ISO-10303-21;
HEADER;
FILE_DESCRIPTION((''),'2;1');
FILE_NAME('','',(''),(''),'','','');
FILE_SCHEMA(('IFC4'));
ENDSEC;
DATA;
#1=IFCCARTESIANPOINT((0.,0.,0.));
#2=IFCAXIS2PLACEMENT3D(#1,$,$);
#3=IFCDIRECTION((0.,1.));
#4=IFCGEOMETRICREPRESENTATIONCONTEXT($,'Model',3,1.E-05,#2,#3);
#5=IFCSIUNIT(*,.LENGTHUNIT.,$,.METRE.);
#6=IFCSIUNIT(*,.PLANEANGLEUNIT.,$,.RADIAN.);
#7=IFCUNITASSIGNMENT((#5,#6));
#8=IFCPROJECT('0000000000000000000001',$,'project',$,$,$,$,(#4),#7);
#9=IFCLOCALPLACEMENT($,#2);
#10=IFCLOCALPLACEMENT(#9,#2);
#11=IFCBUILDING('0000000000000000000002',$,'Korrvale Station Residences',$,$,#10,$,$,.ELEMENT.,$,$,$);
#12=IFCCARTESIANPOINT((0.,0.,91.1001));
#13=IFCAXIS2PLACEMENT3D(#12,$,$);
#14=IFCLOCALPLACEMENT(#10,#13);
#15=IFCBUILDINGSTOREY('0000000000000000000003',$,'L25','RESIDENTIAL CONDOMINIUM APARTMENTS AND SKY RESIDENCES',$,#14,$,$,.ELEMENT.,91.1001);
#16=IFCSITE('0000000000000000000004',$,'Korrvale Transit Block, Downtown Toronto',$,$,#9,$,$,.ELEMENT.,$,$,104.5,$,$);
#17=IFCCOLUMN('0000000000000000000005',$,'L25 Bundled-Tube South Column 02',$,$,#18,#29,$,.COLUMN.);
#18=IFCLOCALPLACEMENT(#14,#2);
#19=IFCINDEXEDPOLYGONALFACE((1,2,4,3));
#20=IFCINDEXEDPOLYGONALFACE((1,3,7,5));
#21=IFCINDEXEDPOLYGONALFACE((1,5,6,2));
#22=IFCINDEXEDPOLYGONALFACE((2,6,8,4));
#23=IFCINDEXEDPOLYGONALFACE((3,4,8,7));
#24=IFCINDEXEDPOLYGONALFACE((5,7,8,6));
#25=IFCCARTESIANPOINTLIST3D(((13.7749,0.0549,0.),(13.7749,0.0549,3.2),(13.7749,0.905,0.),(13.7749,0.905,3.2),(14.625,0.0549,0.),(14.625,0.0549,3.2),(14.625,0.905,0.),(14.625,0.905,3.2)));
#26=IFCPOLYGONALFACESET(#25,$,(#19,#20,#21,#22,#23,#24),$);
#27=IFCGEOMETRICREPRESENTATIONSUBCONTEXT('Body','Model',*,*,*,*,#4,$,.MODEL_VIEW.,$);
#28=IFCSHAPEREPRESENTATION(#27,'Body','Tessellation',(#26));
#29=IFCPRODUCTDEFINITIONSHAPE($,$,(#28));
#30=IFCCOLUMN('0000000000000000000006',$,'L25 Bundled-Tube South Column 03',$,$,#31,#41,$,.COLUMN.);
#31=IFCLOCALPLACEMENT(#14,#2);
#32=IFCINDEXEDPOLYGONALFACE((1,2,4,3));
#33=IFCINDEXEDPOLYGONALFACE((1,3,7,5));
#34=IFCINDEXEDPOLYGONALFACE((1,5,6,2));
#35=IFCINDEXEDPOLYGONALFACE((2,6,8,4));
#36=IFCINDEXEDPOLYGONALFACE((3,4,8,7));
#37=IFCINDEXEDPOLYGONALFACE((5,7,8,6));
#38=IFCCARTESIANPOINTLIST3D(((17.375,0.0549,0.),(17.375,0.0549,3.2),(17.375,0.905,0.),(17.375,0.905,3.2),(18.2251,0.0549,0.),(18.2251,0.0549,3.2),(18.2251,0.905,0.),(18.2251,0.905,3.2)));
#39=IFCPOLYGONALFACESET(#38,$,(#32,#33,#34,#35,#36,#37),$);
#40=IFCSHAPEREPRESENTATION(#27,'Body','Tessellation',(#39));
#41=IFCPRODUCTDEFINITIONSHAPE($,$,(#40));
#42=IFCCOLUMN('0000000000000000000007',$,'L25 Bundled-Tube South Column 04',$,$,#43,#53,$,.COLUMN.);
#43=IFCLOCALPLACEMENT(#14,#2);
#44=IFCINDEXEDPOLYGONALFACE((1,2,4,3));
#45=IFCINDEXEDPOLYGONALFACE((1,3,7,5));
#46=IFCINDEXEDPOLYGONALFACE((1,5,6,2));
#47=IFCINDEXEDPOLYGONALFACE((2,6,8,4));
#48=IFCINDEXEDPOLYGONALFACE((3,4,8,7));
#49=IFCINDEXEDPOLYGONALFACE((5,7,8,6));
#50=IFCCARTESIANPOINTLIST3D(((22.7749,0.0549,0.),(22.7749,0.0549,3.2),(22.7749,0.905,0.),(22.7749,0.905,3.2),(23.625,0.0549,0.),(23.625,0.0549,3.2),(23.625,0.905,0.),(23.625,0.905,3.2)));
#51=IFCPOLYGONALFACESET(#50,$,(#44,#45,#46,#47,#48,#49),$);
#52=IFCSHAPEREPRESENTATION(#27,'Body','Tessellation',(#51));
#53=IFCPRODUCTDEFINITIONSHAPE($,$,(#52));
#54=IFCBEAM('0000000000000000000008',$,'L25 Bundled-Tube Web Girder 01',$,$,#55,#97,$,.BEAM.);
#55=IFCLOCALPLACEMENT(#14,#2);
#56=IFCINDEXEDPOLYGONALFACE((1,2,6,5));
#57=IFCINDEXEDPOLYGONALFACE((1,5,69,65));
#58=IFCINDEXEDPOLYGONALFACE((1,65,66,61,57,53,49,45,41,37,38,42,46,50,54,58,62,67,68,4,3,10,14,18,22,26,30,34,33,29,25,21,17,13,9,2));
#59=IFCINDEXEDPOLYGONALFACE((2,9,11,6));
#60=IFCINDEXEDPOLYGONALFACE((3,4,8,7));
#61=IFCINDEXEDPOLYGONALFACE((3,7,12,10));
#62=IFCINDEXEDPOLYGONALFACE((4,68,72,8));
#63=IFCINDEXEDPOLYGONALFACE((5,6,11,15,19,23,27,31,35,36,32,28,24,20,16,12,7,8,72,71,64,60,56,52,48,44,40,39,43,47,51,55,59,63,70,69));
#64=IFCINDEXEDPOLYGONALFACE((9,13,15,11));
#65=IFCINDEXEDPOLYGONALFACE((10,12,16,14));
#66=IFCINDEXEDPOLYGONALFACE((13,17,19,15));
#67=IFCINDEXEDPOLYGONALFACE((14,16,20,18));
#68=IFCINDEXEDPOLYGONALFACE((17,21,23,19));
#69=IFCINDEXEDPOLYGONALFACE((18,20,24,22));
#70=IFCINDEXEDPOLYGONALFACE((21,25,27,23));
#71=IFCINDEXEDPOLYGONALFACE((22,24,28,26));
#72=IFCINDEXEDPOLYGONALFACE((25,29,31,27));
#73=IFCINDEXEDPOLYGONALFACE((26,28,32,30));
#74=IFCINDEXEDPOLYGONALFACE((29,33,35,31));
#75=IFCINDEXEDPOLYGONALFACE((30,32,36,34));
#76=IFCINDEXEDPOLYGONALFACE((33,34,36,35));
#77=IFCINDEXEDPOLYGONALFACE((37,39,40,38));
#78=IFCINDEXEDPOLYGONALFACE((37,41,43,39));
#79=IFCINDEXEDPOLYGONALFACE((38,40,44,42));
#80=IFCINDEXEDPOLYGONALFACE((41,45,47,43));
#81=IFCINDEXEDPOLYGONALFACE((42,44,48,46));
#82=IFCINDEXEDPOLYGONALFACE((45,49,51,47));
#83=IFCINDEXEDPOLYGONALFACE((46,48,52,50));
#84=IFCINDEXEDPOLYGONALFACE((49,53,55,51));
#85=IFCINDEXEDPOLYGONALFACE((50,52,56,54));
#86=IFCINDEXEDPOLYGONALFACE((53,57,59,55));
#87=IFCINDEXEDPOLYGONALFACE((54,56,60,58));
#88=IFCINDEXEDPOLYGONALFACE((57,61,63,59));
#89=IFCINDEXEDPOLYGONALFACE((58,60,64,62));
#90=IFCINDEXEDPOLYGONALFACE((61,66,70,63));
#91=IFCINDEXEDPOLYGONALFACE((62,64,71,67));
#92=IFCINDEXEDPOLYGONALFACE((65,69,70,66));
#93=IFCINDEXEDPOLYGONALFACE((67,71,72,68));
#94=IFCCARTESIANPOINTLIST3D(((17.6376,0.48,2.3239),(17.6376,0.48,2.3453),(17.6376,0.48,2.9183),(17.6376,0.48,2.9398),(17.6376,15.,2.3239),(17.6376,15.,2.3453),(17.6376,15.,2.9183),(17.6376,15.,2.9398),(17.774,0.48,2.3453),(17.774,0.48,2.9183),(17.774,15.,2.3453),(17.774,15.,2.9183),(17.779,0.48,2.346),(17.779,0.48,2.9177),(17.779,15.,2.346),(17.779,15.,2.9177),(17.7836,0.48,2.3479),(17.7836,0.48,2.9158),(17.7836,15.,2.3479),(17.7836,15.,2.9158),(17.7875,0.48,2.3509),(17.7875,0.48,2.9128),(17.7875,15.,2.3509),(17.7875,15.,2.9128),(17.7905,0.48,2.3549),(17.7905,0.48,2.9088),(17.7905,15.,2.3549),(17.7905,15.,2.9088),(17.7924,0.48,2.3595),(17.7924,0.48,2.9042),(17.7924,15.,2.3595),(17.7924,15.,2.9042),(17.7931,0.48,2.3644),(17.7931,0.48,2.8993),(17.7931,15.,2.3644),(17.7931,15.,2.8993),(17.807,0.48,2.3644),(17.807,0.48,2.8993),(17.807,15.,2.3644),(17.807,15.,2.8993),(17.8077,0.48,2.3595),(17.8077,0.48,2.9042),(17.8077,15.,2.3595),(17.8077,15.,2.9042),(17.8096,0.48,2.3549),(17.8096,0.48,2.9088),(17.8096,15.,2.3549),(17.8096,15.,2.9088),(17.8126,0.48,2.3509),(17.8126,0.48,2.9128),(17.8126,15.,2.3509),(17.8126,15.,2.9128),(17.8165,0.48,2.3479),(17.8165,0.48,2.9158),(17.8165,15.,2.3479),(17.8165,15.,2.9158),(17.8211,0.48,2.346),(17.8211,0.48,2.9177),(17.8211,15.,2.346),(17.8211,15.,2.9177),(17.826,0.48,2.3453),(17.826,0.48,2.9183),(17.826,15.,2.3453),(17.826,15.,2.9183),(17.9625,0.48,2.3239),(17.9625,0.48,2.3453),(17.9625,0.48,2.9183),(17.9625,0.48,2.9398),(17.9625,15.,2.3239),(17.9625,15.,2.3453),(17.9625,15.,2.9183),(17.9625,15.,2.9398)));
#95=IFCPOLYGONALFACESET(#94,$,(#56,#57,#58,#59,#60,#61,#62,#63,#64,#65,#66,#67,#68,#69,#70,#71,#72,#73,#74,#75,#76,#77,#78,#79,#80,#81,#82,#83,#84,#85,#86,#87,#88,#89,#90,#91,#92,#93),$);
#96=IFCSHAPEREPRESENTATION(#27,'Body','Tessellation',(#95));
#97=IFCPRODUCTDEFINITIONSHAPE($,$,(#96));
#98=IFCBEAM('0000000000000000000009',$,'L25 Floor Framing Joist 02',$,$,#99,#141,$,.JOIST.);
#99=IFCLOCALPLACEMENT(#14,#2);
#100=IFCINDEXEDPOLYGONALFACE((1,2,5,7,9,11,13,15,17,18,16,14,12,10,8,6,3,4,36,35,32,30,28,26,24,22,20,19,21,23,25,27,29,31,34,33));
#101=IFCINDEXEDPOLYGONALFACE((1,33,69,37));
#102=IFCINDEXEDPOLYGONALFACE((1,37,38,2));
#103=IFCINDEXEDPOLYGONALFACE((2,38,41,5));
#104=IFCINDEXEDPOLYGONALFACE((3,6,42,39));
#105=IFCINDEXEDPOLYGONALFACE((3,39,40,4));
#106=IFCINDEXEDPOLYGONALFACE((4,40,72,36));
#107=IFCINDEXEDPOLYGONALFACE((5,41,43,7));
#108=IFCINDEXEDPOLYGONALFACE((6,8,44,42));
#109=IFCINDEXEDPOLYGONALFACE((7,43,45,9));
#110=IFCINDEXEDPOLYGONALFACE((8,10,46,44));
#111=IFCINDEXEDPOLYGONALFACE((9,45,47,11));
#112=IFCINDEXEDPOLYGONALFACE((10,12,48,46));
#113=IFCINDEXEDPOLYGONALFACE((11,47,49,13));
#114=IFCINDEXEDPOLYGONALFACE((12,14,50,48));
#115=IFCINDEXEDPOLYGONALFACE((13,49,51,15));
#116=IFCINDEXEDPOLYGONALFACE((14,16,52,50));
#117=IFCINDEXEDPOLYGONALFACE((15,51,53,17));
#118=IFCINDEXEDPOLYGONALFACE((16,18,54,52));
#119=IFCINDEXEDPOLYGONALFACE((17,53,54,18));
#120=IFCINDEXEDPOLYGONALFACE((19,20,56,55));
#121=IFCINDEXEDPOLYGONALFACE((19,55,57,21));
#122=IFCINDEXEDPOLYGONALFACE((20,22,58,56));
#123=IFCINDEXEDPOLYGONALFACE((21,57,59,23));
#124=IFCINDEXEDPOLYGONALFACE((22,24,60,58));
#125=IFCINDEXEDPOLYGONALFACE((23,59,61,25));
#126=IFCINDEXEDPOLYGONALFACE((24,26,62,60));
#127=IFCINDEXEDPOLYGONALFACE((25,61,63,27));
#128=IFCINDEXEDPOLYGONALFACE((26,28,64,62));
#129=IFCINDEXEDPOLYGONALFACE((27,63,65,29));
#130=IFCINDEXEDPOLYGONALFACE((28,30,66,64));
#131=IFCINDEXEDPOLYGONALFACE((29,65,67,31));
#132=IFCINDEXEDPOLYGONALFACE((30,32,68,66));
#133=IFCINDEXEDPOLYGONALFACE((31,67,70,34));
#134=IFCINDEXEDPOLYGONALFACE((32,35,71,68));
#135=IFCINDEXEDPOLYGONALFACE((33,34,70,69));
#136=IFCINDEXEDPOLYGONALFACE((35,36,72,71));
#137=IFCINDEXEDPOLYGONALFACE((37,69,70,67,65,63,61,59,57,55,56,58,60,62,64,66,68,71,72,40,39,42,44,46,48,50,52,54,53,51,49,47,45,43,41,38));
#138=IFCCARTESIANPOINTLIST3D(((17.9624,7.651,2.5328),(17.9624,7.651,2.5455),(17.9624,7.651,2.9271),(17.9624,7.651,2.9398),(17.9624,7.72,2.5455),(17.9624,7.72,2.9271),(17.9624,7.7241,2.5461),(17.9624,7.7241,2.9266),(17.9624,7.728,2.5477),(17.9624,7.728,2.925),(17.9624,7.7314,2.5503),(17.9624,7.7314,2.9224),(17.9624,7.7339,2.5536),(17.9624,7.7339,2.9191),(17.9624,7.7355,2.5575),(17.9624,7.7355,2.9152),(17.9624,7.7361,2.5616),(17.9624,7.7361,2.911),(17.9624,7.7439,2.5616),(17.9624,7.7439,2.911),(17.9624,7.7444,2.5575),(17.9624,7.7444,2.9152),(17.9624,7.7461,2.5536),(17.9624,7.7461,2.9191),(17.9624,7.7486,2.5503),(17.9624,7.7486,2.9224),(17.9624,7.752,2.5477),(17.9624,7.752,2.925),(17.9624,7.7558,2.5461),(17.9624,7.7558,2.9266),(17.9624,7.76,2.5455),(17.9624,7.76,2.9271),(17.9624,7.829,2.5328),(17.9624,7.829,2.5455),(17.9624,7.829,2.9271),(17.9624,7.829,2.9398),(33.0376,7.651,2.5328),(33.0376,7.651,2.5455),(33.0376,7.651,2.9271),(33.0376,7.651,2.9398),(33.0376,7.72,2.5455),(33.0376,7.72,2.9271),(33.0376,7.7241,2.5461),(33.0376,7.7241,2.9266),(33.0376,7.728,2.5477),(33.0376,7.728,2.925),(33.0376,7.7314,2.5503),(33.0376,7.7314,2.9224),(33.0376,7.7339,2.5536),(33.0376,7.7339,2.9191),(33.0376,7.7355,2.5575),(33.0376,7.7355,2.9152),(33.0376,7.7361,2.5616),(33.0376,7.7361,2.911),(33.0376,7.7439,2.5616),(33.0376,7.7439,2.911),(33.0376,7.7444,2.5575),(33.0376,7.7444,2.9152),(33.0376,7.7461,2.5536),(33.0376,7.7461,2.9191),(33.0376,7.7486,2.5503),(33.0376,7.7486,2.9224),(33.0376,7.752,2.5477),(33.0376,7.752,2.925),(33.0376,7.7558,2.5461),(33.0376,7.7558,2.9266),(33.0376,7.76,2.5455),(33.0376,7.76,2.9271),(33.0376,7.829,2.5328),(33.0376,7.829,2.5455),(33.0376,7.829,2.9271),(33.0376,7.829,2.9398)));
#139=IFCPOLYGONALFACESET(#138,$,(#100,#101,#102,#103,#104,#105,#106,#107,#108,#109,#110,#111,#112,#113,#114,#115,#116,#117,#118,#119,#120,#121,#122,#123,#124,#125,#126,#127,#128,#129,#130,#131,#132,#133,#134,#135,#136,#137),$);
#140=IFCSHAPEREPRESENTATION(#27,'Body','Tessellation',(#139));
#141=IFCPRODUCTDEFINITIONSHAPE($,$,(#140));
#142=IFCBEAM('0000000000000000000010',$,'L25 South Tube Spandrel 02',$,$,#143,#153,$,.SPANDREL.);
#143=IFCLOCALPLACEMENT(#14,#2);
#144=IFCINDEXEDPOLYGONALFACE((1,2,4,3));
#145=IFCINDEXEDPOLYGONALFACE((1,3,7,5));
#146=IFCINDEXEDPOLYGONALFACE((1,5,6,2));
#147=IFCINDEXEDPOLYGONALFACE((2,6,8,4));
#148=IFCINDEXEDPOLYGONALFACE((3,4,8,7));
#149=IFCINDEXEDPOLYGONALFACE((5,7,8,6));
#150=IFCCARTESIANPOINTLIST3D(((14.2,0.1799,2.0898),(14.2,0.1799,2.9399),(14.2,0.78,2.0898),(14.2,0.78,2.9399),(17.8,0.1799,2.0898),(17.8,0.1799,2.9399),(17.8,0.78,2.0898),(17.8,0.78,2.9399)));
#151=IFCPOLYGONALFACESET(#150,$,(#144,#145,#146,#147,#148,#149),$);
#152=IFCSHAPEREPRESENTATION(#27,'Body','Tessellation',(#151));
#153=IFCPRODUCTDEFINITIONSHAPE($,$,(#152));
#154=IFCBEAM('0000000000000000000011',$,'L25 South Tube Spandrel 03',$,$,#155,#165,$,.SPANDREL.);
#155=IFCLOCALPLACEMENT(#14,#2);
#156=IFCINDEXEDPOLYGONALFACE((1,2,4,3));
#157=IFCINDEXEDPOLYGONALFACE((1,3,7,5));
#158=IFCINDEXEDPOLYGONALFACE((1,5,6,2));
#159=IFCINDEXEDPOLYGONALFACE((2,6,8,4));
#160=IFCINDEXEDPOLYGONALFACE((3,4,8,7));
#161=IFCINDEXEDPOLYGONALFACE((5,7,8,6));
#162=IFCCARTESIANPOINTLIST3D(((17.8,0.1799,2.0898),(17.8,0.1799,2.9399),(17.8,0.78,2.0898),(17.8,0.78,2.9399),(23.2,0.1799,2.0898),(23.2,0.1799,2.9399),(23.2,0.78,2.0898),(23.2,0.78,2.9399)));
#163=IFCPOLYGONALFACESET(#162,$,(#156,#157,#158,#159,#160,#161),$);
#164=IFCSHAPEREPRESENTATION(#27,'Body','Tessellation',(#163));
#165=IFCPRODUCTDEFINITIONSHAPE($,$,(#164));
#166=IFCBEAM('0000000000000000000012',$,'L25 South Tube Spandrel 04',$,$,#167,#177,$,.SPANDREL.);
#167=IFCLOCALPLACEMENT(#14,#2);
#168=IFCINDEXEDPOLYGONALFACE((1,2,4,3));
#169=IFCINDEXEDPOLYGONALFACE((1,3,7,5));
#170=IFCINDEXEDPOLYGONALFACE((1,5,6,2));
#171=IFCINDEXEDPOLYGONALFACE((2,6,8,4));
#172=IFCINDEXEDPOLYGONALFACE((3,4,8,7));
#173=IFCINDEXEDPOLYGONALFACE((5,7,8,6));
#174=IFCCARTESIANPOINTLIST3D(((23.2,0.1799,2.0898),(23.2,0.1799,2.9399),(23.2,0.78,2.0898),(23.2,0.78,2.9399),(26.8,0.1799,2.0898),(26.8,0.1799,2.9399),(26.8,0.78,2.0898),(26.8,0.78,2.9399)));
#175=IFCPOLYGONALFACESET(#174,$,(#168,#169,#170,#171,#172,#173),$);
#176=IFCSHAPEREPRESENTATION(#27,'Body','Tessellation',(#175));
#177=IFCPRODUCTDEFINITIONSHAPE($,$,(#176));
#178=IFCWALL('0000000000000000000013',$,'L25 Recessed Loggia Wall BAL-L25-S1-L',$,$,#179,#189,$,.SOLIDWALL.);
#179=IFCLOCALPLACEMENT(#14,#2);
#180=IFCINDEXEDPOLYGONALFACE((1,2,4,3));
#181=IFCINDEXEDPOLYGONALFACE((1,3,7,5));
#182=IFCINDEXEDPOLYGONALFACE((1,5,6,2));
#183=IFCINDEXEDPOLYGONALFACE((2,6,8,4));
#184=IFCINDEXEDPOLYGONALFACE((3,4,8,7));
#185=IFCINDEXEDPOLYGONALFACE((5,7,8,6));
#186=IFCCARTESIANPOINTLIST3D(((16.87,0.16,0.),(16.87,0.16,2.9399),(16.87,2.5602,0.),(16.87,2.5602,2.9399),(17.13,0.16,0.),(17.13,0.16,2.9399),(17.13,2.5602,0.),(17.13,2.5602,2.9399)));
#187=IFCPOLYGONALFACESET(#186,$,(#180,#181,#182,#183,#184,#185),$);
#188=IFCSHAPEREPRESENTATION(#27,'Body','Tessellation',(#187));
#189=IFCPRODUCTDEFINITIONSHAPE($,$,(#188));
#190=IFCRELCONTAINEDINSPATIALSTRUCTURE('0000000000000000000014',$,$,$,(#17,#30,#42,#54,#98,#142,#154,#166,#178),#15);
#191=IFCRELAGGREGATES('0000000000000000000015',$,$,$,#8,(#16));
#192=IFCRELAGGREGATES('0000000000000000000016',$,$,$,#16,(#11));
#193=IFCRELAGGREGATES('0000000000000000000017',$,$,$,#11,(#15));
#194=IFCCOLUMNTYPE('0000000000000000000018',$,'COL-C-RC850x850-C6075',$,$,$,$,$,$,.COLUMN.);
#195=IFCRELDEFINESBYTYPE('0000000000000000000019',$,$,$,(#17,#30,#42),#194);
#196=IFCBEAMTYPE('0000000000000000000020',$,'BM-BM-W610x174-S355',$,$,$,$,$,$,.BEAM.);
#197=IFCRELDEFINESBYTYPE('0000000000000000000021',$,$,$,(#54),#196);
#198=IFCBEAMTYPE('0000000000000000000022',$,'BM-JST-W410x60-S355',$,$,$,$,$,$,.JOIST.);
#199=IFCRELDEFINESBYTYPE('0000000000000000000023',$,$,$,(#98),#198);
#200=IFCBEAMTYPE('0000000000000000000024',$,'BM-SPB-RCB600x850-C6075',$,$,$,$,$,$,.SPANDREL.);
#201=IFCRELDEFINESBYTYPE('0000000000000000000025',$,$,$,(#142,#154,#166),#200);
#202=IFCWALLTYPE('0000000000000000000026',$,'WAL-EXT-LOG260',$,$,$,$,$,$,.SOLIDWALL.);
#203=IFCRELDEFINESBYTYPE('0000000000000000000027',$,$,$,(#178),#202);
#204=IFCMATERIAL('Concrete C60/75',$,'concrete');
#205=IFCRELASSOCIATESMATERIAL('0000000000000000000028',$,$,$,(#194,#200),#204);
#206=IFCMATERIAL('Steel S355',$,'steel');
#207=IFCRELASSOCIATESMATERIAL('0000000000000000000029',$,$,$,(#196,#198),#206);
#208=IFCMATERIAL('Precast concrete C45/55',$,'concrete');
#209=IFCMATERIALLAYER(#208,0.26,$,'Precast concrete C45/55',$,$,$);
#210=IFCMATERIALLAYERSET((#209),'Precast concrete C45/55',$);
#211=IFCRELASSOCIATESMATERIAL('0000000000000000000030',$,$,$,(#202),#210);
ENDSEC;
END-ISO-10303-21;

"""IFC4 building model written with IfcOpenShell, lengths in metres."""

from ifc_helpers import new_model, si_unit, direction, frame, frame_2d, origin, origin_2d, place, context, subcontext, project, spatial, rectangle, i_section, extrude, material, layer, layer_set, material_profile, profile_set, type_object, element, save


model = new_model("IFC4")

# Units and contexts
model_context = context("Model", 3, precision=1e-05, world=origin(), true_north=direction((0.0, 1.0)))
body_context = subcontext(model_context, "Body", "Model", "MODEL_VIEW")
ifc_project = project(units=[si_unit("LENGTHUNIT", "METRE"), si_unit("PLANEANGLEUNIT", "RADIAN")], contexts=[model_context])

# Site, building, storey
site_placement = place(None, origin())
site = spatial("IfcSite", under=ifc_project, at=site_placement, Name="Korrvale Transit Block, Downtown Toronto", CompositionType="ELEMENT", RefElevation=104.5)
building_placement = place(site_placement, origin())
building = spatial("IfcBuilding", under=site, at=building_placement, Name="Korrvale Station Residences", CompositionType="ELEMENT")
storey_placement = place(building_placement, frame((0.0, 0.0, 91.1001)))
storey = spatial("IfcBuildingStorey", under=building, at=storey_placement, Name="L25", Description="RESIDENTIAL CONDOMINIUM APARTMENTS AND SKY RESIDENCES", CompositionType="ELEMENT", Elevation=91.1001)

# Columns
ifc_material_1 = material(Name="Concrete C60/75", Category="concrete")
ifc_material_profile_1 = material_profile(ifc_material_1, rectangle(XDim=0.8501, YDim=0.8501, at=origin_2d()), Name="RC850x850")
ifc_profile_set_1 = profile_set([ifc_material_profile_1], Name="Concrete C60/75")
column_type = type_object("IfcColumnType", Name="COL-C-RC850x850-C6075", PredefinedType="COLUMN", material=ifc_profile_set_1)
for number, where, z_axis, x_axis, name in (
    (1, (14.2, 0.48, 0.0), (0.0, 0.0, 1.0), (1.0, 0.0, 0.0), "L25 Bundled-Tube South Column 02"),
    (2, (17.8, 0.48, 0.0), (0.0, 0.0, 1.0), (1.0, 0.0, 0.0), "L25 Bundled-Tube South Column 03"),
    (3, (23.2, 0.48, 0.0), (0.0, 0.0, 1.0), (1.0, 0.0, 0.0), "L25 Bundled-Tube South Column 04"),
):
    element("IfcColumn", number, at=place(storey_placement, frame(where, z_axis=z_axis, x_axis=x_axis)), inside=storey, type_object=column_type, Name=name, PredefinedType="COLUMN", context=body_context, shape_type="SweptSolid", body=[
        extrude(rectangle(XDim=0.8501, YDim=0.8501, at=origin_2d()), origin(), (0.0, 0.0, 1.0), 3.2),
    ])

# Beams
ifc_material_2 = material(Name="Steel S355", Category="steel")
ifc_material_profile_2 = material_profile(ifc_material_2, i_section(OverallWidth=0.325, OverallDepth=0.616, WebThickness=0.0139, FlangeThickness=0.0215, FilletRadius=0.019, at=origin_2d()), Name="W610x174")
ifc_profile_set_2 = profile_set([ifc_material_profile_2], Name="Steel S355")
beam_type_1 = type_object("IfcBeamType", Name="BM-BM-W610x174-S355", PredefinedType="BEAM", material=ifc_profile_set_2)
beam_1_placement = place(storey_placement, frame((17.8, 0.48, 2.6318), z_axis=(0.0, 1.0, 0.0), x_axis=(-1.0, 0.0, 0.0)))
element("IfcBeam", 4, at=beam_1_placement, inside=storey, type_object=beam_type_1, Name="L25 Bundled-Tube Web Girder 01", PredefinedType="BEAM", context=body_context, shape_type="SweptSolid", body=[
    extrude(i_section(OverallWidth=0.325, OverallDepth=0.616, WebThickness=0.0139, FlangeThickness=0.0215, FilletRadius=0.019, at=origin_2d()), origin(), (0.0, 0.0, 1.0), 14.52),
])
ifc_material_profile_3 = material_profile(ifc_material_2, i_section(OverallWidth=0.178, OverallDepth=0.407, WebThickness=0.0078, FlangeThickness=0.0127, FilletRadius=0.0161, at=origin_2d()), Name="W410x60")
ifc_profile_set_3 = profile_set([ifc_material_profile_3], Name="Steel S355")
beam_type_2 = type_object("IfcBeamType", Name="BM-JST-W410x60-S355", PredefinedType="JOIST", material=ifc_profile_set_3)
beam_2_placement = place(storey_placement, frame((17.9624, 7.74, 2.7363), z_axis=(1.0, 0.0, 0.0), x_axis=(0.0, 1.0, 0.0)))
element("IfcBeam", 5, at=beam_2_placement, inside=storey, type_object=beam_type_2, Name="L25 Floor Framing Joist 02", PredefinedType="JOIST", context=body_context, shape_type="SweptSolid", body=[
    extrude(i_section(OverallWidth=0.178, OverallDepth=0.407, WebThickness=0.0078, FlangeThickness=0.0127, FilletRadius=0.0161, at=origin_2d()), origin(), (0.0, 0.0, 1.0), 15.0752),
])
ifc_material_profile_4 = material_profile(ifc_material_1, rectangle(XDim=0.6001, YDim=0.8501, at=origin_2d()), Name="RCB600x850")
ifc_profile_set_4 = profile_set([ifc_material_profile_4], Name="Concrete C60/75")
beam_type_3 = type_object("IfcBeamType", Name="BM-SPB-RCB600x850-C6075", PredefinedType="SPANDREL", material=ifc_profile_set_4)
beam_3_placement = place(storey_placement, frame((14.2, 0.48, 2.5149), z_axis=(1.0, 0.0, 0.0), x_axis=(0.0, 1.0, 0.0)))
element("IfcBeam", 6, at=beam_3_placement, inside=storey, type_object=beam_type_3, Name="L25 South Tube Spandrel 02", PredefinedType="SPANDREL", context=body_context, shape_type="SweptSolid", body=[
    extrude(rectangle(XDim=0.6001, YDim=0.8501, at=origin_2d()), origin(), (0.0, 0.0, 1.0), 3.6001),
])
beam_4_placement = place(storey_placement, frame((17.8, 0.48, 2.5149), z_axis=(1.0, 0.0, 0.0), x_axis=(0.0, 1.0, 0.0)))
element("IfcBeam", 7, at=beam_4_placement, inside=storey, type_object=beam_type_3, Name="L25 South Tube Spandrel 03", PredefinedType="SPANDREL", context=body_context, shape_type="SweptSolid", body=[
    extrude(rectangle(XDim=0.6001, YDim=0.8501, at=origin_2d()), origin(), (0.0, 0.0, 1.0), 5.3999),
])
beam_5_placement = place(storey_placement, frame((23.2, 0.48, 2.5149), z_axis=(1.0, 0.0, 0.0), x_axis=(0.0, 1.0, 0.0)))
element("IfcBeam", 8, at=beam_5_placement, inside=storey, type_object=beam_type_3, Name="L25 South Tube Spandrel 04", PredefinedType="SPANDREL", context=body_context, shape_type="SweptSolid", body=[
    extrude(rectangle(XDim=0.6001, YDim=0.8501, at=origin_2d()), origin(), (0.0, 0.0, 1.0), 3.6001),
])

# Wall
ifc_material_3 = material(Name="Precast concrete C45/55", Category="concrete")
ifc_layer_1 = layer(ifc_material_3, 0.26, Name="Precast concrete C45/55")
ifc_layer_set_1 = layer_set([ifc_layer_1], Name="Precast concrete C45/55")
wall_type_1 = type_object("IfcWallType", Name="WAL-EXT-LOG260", PredefinedType="SOLIDWALL", material=ifc_layer_set_1)
wall_1_placement = place(storey_placement, frame((17.0, 0.1599, 0.0), z_axis=(0.0, 0.0, 1.0), x_axis=(0.0, 1.0, 0.0)))
element("IfcWall", 9, at=wall_1_placement, inside=storey, type_object=wall_type_1, Name="L25 Recessed Loggia Wall BAL-L25-S1-L", PredefinedType="SOLIDWALL", context=body_context, shape_type="SweptSolid", body=[
    extrude(rectangle(XDim=2.4001, YDim=0.26, at=frame_2d((1.2002, 0.0))), origin(), (0.0, 0.0, 1.0), 2.9399),
])

save(model, "model.ifc")
